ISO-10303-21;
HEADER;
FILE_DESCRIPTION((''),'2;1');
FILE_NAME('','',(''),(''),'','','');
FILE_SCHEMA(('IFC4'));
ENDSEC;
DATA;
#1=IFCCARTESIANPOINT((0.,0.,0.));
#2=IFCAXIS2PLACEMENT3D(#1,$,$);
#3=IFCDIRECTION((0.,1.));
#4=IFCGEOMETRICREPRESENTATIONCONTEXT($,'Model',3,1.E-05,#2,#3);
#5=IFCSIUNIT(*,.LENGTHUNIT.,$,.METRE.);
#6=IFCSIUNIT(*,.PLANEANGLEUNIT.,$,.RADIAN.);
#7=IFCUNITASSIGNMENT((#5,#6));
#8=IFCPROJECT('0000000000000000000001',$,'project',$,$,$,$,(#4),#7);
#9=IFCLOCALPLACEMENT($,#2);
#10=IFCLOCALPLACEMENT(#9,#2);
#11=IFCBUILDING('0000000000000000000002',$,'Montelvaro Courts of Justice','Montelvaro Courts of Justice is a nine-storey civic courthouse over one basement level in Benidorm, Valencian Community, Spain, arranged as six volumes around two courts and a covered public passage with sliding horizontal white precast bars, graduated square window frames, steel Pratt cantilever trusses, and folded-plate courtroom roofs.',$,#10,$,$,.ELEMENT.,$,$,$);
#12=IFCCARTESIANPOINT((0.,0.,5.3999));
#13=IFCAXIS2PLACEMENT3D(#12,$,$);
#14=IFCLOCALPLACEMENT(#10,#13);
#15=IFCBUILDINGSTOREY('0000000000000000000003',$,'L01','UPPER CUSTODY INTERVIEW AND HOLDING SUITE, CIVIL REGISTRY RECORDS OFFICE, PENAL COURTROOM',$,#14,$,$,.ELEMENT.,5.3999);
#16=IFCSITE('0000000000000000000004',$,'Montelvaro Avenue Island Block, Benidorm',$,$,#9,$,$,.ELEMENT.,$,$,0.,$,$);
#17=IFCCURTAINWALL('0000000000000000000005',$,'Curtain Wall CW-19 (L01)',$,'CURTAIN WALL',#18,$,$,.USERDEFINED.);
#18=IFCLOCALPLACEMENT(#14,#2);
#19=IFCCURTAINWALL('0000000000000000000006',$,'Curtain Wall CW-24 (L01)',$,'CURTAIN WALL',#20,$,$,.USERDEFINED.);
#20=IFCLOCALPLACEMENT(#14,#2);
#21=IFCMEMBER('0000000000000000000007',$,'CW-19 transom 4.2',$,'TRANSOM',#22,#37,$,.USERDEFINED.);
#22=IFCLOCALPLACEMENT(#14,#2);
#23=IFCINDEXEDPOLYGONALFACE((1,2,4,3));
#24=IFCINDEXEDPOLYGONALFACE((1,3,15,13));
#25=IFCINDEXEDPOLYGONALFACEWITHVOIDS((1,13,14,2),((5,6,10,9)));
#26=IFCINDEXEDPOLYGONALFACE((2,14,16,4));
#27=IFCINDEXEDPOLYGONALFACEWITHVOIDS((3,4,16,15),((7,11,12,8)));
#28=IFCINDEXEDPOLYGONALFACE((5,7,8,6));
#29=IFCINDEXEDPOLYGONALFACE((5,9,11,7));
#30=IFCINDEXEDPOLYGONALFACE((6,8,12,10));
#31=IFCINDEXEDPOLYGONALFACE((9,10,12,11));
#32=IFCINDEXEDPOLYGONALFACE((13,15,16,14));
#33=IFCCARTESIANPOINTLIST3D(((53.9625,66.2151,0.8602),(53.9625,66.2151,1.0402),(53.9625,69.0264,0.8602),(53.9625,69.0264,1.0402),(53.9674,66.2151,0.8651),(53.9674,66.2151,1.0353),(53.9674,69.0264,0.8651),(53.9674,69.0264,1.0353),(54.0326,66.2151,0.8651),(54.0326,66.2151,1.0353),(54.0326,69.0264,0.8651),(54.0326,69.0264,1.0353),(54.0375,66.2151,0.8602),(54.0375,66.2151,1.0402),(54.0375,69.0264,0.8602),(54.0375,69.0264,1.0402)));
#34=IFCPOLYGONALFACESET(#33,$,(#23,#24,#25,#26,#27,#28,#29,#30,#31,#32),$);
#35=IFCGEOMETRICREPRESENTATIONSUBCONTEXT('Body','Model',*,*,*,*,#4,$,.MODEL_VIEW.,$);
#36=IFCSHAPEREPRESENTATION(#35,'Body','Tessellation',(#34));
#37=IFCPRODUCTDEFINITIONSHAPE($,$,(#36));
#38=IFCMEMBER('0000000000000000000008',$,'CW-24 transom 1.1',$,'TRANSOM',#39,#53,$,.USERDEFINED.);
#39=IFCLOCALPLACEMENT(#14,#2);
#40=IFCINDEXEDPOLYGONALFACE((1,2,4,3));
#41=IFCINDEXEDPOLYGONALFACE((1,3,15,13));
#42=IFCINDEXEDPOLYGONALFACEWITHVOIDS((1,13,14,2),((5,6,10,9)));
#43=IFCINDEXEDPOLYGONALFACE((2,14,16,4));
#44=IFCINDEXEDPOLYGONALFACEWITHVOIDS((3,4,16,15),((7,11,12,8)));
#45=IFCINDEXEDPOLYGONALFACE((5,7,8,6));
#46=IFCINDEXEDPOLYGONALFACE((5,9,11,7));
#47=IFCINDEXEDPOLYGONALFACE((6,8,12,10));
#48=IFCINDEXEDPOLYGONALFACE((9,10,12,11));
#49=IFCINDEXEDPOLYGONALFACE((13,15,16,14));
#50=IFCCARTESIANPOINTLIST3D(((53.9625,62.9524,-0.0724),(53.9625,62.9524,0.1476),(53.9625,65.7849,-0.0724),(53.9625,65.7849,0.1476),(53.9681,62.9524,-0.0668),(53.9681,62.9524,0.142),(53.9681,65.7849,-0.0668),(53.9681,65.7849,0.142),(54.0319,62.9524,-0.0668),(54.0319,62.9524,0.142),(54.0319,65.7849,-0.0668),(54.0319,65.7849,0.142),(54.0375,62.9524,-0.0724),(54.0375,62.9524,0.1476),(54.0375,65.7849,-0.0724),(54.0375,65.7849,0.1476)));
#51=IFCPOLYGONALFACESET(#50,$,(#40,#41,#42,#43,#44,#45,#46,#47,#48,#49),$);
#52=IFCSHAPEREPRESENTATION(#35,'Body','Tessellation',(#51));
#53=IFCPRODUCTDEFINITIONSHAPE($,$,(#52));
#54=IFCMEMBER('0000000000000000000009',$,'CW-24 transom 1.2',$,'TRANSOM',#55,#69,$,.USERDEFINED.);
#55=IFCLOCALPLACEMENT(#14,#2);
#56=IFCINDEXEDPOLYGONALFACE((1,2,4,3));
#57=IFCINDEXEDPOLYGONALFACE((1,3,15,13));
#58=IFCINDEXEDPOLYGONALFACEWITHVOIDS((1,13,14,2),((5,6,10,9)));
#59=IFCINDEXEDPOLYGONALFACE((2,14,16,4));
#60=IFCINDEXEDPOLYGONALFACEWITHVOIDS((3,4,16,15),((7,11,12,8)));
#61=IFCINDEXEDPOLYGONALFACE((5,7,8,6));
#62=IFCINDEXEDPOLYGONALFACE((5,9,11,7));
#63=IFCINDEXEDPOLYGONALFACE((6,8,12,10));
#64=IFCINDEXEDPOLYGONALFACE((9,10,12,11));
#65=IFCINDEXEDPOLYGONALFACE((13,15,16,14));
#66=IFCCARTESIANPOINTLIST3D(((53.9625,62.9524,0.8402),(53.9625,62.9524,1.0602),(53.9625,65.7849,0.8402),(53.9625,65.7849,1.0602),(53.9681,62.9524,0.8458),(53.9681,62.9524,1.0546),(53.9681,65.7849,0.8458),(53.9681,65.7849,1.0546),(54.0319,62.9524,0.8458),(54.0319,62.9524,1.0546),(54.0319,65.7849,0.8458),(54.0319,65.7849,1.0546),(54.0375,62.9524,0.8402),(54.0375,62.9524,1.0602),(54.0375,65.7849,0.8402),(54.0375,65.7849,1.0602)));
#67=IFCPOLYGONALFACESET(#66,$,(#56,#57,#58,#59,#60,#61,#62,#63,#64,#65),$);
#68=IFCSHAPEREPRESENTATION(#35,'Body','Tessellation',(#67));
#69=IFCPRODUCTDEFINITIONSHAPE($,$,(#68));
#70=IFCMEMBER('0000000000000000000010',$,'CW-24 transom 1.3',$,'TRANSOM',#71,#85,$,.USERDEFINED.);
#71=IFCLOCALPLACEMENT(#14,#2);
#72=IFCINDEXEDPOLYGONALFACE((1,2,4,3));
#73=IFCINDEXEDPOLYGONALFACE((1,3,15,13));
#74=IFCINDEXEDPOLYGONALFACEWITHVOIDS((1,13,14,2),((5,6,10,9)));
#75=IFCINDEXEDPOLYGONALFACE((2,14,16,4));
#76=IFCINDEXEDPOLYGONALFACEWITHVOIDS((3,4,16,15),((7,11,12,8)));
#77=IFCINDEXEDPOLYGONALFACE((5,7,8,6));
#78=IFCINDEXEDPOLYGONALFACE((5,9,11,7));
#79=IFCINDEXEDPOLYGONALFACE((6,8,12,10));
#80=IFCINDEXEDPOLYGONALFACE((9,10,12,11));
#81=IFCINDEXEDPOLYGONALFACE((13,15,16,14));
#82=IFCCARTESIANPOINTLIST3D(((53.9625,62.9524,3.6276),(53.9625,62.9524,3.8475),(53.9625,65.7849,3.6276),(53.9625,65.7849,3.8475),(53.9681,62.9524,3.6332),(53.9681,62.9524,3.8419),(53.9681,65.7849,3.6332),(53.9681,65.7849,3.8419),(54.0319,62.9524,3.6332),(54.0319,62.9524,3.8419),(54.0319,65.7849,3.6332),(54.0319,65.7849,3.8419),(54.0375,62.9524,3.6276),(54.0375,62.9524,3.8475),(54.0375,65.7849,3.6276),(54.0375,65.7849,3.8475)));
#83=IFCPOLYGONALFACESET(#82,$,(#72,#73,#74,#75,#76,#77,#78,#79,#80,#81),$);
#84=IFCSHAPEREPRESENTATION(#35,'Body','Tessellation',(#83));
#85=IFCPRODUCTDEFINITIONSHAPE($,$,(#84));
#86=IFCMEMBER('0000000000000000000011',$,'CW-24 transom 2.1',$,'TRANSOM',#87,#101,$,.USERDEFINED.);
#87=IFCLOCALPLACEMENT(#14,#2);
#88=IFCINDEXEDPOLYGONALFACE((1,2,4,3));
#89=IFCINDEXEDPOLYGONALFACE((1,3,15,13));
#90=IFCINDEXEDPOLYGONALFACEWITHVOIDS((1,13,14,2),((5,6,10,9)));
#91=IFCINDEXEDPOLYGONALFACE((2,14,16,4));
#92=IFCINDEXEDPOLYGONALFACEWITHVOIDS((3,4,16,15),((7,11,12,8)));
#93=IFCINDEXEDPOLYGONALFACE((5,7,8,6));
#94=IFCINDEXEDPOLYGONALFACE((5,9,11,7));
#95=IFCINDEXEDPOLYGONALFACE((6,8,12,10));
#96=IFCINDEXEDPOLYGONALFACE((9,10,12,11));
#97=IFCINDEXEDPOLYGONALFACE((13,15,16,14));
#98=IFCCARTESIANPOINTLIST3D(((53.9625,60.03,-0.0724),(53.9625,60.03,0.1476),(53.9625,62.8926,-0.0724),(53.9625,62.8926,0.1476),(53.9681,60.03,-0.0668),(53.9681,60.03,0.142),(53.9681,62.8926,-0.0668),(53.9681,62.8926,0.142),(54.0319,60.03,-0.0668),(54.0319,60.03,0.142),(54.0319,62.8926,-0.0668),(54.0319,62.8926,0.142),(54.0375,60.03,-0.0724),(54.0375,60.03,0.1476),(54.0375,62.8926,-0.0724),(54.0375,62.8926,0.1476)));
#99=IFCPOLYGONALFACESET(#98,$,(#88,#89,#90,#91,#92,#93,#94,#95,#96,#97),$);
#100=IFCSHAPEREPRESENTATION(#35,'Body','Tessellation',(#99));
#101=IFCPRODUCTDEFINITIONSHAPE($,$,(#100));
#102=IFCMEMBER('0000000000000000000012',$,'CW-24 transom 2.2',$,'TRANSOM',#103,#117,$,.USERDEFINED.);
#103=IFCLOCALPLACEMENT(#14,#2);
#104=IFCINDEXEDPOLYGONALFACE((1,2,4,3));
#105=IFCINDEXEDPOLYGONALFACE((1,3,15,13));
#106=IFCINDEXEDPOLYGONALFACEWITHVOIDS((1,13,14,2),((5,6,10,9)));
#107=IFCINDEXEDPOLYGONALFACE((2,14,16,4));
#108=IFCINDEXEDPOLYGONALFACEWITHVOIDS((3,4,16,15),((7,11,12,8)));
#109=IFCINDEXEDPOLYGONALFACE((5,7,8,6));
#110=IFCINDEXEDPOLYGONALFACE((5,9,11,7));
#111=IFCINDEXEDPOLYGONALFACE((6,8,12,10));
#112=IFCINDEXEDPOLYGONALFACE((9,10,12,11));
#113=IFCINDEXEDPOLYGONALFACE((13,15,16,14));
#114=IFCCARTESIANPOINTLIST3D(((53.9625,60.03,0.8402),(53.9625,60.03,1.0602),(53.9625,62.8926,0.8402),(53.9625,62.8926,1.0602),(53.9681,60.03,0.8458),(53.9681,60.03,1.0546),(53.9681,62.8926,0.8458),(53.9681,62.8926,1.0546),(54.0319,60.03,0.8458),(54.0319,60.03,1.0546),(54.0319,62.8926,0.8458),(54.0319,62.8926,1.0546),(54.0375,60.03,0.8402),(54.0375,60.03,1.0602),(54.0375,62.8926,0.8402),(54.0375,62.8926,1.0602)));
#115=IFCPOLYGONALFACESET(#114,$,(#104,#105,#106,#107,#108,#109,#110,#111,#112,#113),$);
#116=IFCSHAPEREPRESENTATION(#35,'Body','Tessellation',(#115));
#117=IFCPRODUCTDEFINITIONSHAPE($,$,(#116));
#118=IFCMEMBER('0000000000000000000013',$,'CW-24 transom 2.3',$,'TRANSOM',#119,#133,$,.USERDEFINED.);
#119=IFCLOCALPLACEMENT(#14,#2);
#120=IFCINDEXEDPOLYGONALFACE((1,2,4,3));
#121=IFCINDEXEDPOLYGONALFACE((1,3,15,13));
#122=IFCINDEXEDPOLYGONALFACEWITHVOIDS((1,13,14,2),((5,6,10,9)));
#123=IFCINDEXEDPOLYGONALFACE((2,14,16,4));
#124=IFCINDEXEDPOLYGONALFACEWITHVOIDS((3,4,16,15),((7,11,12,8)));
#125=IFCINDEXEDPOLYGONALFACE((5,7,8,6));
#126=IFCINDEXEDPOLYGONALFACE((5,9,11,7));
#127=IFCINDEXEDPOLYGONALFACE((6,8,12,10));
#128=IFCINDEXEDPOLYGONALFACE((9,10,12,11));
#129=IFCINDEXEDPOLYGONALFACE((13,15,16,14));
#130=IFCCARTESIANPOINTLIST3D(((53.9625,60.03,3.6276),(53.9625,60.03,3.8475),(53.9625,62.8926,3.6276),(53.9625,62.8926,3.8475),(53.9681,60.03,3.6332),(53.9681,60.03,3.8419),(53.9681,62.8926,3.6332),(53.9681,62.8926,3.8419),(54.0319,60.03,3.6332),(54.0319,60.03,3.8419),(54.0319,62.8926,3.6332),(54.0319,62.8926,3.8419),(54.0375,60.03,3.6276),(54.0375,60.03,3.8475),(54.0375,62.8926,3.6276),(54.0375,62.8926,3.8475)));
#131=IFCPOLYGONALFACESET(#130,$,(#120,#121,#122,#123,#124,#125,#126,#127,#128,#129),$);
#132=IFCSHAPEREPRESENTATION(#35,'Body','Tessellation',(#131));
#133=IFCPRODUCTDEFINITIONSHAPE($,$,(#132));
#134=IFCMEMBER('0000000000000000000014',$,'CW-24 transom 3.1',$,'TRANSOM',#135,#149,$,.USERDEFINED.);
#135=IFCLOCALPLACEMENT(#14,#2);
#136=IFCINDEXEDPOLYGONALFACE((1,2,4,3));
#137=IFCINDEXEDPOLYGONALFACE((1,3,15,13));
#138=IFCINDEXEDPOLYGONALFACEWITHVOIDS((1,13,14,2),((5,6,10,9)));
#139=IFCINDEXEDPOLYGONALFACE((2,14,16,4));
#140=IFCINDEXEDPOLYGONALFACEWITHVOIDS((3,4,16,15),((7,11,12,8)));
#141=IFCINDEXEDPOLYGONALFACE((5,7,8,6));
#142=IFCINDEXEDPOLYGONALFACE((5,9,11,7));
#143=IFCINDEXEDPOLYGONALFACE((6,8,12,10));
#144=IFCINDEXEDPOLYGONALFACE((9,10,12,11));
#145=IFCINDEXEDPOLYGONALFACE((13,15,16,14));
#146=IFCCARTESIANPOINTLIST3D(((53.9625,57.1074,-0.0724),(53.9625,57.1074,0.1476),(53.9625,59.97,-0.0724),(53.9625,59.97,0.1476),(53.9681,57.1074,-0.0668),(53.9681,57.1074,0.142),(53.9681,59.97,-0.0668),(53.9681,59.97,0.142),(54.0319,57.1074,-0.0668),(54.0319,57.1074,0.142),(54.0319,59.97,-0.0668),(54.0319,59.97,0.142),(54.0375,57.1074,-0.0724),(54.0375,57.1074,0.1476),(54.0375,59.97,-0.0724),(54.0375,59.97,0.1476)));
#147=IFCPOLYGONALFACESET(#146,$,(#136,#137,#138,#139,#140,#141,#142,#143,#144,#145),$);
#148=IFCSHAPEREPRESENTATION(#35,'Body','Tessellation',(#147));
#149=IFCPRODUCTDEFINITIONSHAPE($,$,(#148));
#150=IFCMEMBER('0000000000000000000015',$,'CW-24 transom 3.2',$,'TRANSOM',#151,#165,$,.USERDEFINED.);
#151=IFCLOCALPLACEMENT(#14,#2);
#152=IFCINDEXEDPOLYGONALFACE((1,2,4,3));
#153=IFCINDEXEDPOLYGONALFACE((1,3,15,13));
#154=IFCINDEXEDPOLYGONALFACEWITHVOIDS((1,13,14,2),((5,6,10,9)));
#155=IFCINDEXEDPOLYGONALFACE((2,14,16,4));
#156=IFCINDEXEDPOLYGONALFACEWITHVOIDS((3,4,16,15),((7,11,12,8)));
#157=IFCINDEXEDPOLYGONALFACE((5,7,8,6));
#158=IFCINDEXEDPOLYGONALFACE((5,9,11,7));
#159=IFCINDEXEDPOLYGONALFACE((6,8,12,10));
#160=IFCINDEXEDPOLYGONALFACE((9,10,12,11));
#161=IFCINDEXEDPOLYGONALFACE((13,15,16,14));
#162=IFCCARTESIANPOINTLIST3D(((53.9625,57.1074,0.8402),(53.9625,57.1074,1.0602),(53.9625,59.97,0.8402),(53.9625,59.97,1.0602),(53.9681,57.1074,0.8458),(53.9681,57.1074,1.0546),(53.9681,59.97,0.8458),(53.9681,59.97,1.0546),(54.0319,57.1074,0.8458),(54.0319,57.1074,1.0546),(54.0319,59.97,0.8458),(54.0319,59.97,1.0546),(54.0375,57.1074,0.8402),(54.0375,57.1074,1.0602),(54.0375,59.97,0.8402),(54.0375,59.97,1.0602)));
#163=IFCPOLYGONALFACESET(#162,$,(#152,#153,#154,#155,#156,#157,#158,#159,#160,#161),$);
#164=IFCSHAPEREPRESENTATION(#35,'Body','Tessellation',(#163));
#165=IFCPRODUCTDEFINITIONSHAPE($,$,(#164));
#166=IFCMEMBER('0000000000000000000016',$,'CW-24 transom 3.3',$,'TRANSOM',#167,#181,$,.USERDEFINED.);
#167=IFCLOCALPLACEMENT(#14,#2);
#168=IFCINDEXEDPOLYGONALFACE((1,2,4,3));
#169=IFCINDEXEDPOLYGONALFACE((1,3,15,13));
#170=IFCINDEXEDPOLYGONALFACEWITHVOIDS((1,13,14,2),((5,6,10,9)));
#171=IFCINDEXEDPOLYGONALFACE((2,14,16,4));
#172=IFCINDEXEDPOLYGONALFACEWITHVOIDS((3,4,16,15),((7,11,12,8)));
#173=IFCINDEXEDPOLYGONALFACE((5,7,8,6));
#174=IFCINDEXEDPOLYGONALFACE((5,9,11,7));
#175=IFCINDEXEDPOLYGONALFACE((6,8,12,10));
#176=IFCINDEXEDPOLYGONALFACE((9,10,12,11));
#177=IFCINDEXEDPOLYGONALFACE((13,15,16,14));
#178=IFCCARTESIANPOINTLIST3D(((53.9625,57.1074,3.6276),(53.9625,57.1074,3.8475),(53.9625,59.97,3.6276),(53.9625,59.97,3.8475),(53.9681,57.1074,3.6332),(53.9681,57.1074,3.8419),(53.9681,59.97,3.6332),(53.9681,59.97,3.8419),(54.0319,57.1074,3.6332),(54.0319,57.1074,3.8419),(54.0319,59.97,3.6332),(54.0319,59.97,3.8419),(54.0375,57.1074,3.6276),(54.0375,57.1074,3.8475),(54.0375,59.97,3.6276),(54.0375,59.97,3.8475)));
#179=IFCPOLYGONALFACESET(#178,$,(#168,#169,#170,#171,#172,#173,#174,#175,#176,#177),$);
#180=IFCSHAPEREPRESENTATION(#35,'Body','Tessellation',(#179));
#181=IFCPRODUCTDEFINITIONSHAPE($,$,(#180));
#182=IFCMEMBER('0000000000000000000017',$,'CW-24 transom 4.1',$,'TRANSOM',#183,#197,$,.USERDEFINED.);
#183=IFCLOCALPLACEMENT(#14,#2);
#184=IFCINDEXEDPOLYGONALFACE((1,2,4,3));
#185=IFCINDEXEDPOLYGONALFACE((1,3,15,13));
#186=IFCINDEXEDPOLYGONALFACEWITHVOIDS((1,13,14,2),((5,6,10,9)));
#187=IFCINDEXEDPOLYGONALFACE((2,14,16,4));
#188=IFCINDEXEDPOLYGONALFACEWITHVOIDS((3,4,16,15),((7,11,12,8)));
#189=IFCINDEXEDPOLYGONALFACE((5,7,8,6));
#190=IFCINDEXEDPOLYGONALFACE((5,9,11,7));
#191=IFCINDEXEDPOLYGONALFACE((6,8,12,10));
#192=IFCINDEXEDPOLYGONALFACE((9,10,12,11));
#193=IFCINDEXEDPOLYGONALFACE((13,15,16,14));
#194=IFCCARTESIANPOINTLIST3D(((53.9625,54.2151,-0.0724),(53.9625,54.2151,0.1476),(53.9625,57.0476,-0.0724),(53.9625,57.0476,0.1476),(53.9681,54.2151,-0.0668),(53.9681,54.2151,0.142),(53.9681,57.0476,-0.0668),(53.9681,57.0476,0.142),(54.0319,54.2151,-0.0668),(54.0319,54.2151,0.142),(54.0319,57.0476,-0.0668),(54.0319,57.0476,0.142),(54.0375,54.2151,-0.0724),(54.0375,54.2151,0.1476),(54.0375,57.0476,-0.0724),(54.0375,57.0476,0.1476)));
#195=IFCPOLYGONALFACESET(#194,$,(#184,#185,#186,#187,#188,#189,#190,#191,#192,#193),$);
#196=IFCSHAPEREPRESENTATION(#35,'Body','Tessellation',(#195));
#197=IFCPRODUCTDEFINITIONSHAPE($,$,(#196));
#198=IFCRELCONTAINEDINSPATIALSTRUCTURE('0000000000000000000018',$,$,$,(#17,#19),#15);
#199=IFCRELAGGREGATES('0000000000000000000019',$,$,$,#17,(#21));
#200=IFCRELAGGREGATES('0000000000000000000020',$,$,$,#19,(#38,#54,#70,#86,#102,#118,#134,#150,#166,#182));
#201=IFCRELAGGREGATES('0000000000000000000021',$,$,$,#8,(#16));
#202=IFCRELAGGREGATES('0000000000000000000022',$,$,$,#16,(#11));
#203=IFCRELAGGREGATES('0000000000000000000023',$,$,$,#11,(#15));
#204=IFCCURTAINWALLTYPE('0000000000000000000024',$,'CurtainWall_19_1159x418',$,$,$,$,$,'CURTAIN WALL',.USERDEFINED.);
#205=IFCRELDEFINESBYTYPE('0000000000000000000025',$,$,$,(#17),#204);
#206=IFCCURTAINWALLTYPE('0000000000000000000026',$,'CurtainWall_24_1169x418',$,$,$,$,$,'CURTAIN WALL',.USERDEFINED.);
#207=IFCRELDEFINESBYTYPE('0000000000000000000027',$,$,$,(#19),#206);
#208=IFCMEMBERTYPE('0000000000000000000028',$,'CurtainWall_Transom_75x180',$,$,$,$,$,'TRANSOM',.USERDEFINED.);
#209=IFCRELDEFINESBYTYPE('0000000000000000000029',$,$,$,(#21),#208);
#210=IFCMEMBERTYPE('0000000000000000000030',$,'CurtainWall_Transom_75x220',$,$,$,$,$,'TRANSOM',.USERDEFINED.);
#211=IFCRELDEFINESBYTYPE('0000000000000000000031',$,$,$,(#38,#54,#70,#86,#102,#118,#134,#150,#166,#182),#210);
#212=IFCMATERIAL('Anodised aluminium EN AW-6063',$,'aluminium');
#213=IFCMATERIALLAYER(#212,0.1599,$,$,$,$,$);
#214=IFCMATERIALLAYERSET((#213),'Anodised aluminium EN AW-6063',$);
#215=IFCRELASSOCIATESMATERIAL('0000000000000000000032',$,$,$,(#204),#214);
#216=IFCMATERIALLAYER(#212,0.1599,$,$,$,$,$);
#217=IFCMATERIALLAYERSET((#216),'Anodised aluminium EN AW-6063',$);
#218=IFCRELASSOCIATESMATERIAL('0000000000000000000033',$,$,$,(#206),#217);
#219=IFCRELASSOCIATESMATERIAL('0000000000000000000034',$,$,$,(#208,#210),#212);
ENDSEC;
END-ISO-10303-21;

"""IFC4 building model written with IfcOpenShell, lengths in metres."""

from ifc_helpers import new_model, si_unit, direction, frame, origin, origin_2d, place, context, subcontext, project, spatial, hollow_rectangle, extrude, material, layer, layer_set, material_profile, profile_set, type_object, element, aggregate, save


model = new_model("IFC4")

# Units and contexts
model_context = context("Model", 3, precision=1e-05, world=origin(), true_north=direction((0.0, 1.0)))
body_context = subcontext(model_context, "Body", "Model", "MODEL_VIEW")
ifc_project = project(units=[si_unit("LENGTHUNIT", "METRE"), si_unit("PLANEANGLEUNIT", "RADIAN")], contexts=[model_context])

# Site, building, storey
site_placement = place(None, origin())
site = spatial("IfcSite", under=ifc_project, at=site_placement, Name="Montelvaro Avenue Island Block, Benidorm", CompositionType="ELEMENT", RefElevation=0.0)
building_placement = place(site_placement, origin())
building = spatial("IfcBuilding", under=site, at=building_placement, Name="Montelvaro Courts of Justice", Description="Montelvaro Courts of Justice is a nine-storey civic courthouse over one basement level in Benidorm, Valencian Community, Spain, arranged as six volumes around two courts and a covered public passage with sliding horizontal white precast bars, graduated square window frames, steel Pratt cantilever trusses, and folded-plate courtroom roofs.", CompositionType="ELEMENT")
storey_placement = place(building_placement, frame((0.0, 0.0, 5.3999)))
storey = spatial("IfcBuildingStorey", under=building, at=storey_placement, Name="L01", Description="UPPER CUSTODY INTERVIEW AND HOLDING SUITE, CIVIL REGISTRY RECORDS OFFICE, PENAL COURTROOM", CompositionType="ELEMENT", Elevation=5.3999)

# Curtain wall
ifc_material_1 = material(Name="Anodised aluminium EN AW-6063", Category="aluminium")
ifc_layer_1 = layer(ifc_material_1, 0.1599)
ifc_layer_set_1 = layer_set([ifc_layer_1], Name="Anodised aluminium EN AW-6063")
curtain_wall_type_1 = type_object("IfcCurtainWallType", Name="CurtainWall_19_1159x418", ElementType="CURTAIN WALL", PredefinedType="USERDEFINED", material=ifc_layer_set_1)
curtain_wall_1_placement = place(storey_placement, origin())
curtain_wall_1 = element("IfcCurtainWall", 1, at=curtain_wall_1_placement, inside=storey, type_object=curtain_wall_type_1, Name="Curtain Wall CW-19 (L01)", ObjectType="CURTAIN WALL", PredefinedType="USERDEFINED")

# Curtain wall
ifc_layer_2 = layer(ifc_material_1, 0.1599)
ifc_layer_set_2 = layer_set([ifc_layer_2], Name="Anodised aluminium EN AW-6063")
curtain_wall_type_2 = type_object("IfcCurtainWallType", Name="CurtainWall_24_1169x418", ElementType="CURTAIN WALL", PredefinedType="USERDEFINED", material=ifc_layer_set_2)
curtain_wall_2_placement = place(storey_placement, origin())
curtain_wall_2 = element("IfcCurtainWall", 2, at=curtain_wall_2_placement, inside=storey, type_object=curtain_wall_type_2, Name="Curtain Wall CW-24 (L01)", ObjectType="CURTAIN WALL", PredefinedType="USERDEFINED")

# Members
ifc_material_profile_1 = material_profile(ifc_material_1, hollow_rectangle(XDim=0.075, YDim=0.1799, WallThickness=0.0049, at=origin_2d()), Name="ALU-T 75x180")
ifc_profile_set_1 = profile_set([ifc_material_profile_1], Name="Anodised aluminium EN AW-6063")
member_type_1 = type_object("IfcMemberType", Name="CurtainWall_Transom_75x180", ElementType="TRANSOM", PredefinedType="USERDEFINED", material=ifc_profile_set_1)
member_1_placement = place(storey_placement, frame((54.0, 69.0264, 0.9502), z_axis=(0.0, -1.0, 0.0), x_axis=(1.0, 0.0, 0.0)))
member_1 = element("IfcMember", 3, at=member_1_placement, type_object=member_type_1, Name="CW-19 transom 4.2", ObjectType="TRANSOM", PredefinedType="USERDEFINED", context=body_context, shape_type="SweptSolid", body=[
    extrude(hollow_rectangle(XDim=0.075, YDim=0.1799, WallThickness=0.0049, at=origin_2d()), origin(), (0.0, 0.0, 1.0), 2.8113),
])
ifc_material_profile_2 = material_profile(ifc_material_1, hollow_rectangle(XDim=0.075, YDim=0.22, WallThickness=0.0056, at=origin_2d()), Name="ALU-T 75x220")
ifc_profile_set_2 = profile_set([ifc_material_profile_2], Name="Anodised aluminium EN AW-6063")
member_type_2 = type_object("IfcMemberType", Name="CurtainWall_Transom_75x220", ElementType="TRANSOM", PredefinedType="USERDEFINED", material=ifc_profile_set_2)
member_2_placement = place(storey_placement, frame((54.0, 65.7849, 0.0376), z_axis=(0.0, -1.0, 0.0), x_axis=(1.0, 0.0, 0.0)))
member_2 = element("IfcMember", 4, at=member_2_placement, type_object=member_type_2, Name="CW-24 transom 1.1", ObjectType="TRANSOM", PredefinedType="USERDEFINED", context=body_context, shape_type="SweptSolid", body=[
    extrude(hollow_rectangle(XDim=0.075, YDim=0.22, WallThickness=0.0056, at=origin_2d()), origin(), (0.0, 0.0, 1.0), 2.8325),
])
member_3_placement = place(storey_placement, frame((54.0, 65.7849, 0.9502), z_axis=(0.0, -1.0, 0.0), x_axis=(1.0, 0.0, 0.0)))
member_3 = element("IfcMember", 5, at=member_3_placement, type_object=member_type_2, Name="CW-24 transom 1.2", ObjectType="TRANSOM", PredefinedType="USERDEFINED", context=body_context, shape_type="SweptSolid", body=[
    extrude(hollow_rectangle(XDim=0.075, YDim=0.22, WallThickness=0.0056, at=origin_2d()), origin(), (0.0, 0.0, 1.0), 2.8325),
])
member_4_placement = place(storey_placement, frame((54.0, 65.7849, 3.7375), z_axis=(0.0, -1.0, 0.0), x_axis=(1.0, 0.0, 0.0)))
member_4 = element("IfcMember", 6, at=member_4_placement, type_object=member_type_2, Name="CW-24 transom 1.3", ObjectType="TRANSOM", PredefinedType="USERDEFINED", context=body_context, shape_type="SweptSolid", body=[
    extrude(hollow_rectangle(XDim=0.075, YDim=0.22, WallThickness=0.0056, at=origin_2d()), origin(), (0.0, 0.0, 1.0), 2.8325),
])
member_5_placement = place(storey_placement, frame((54.0, 62.8926, 0.0376), z_axis=(0.0, -1.0, 0.0), x_axis=(1.0, 0.0, 0.0)))
member_5 = element("IfcMember", 7, at=member_5_placement, type_object=member_type_2, Name="CW-24 transom 2.1", ObjectType="TRANSOM", PredefinedType="USERDEFINED", context=body_context, shape_type="SweptSolid", body=[
    extrude(hollow_rectangle(XDim=0.075, YDim=0.22, WallThickness=0.0056, at=origin_2d()), origin(), (0.0, 0.0, 1.0), 2.8625),
])
member_6_placement = place(storey_placement, frame((54.0, 62.8926, 0.9502), z_axis=(0.0, -1.0, 0.0), x_axis=(1.0, 0.0, 0.0)))
member_6 = element("IfcMember", 8, at=member_6_placement, type_object=member_type_2, Name="CW-24 transom 2.2", ObjectType="TRANSOM", PredefinedType="USERDEFINED", context=body_context, shape_type="SweptSolid", body=[
    extrude(hollow_rectangle(XDim=0.075, YDim=0.22, WallThickness=0.0056, at=origin_2d()), origin(), (0.0, 0.0, 1.0), 2.8625),
])
member_7_placement = place(storey_placement, frame((54.0, 62.8926, 3.7375), z_axis=(0.0, -1.0, 0.0), x_axis=(1.0, 0.0, 0.0)))
member_7 = element("IfcMember", 9, at=member_7_placement, type_object=member_type_2, Name="CW-24 transom 2.3", ObjectType="TRANSOM", PredefinedType="USERDEFINED", context=body_context, shape_type="SweptSolid", body=[
    extrude(hollow_rectangle(XDim=0.075, YDim=0.22, WallThickness=0.0056, at=origin_2d()), origin(), (0.0, 0.0, 1.0), 2.8625),
])
member_8_placement = place(storey_placement, frame((54.0, 59.97, 0.0376), z_axis=(0.0, -1.0, 0.0), x_axis=(1.0, 0.0, 0.0)))
member_8 = element("IfcMember", 10, at=member_8_placement, type_object=member_type_2, Name="CW-24 transom 3.1", ObjectType="TRANSOM", PredefinedType="USERDEFINED", context=body_context, shape_type="SweptSolid", body=[
    extrude(hollow_rectangle(XDim=0.075, YDim=0.22, WallThickness=0.0056, at=origin_2d()), origin(), (0.0, 0.0, 1.0), 2.8625),
])
member_9_placement = place(storey_placement, frame((54.0, 59.97, 0.9502), z_axis=(0.0, -1.0, 0.0), x_axis=(1.0, 0.0, 0.0)))
member_9 = element("IfcMember", 11, at=member_9_placement, type_object=member_type_2, Name="CW-24 transom 3.2", ObjectType="TRANSOM", PredefinedType="USERDEFINED", context=body_context, shape_type="SweptSolid", body=[
    extrude(hollow_rectangle(XDim=0.075, YDim=0.22, WallThickness=0.0056, at=origin_2d()), origin(), (0.0, 0.0, 1.0), 2.8625),
])
member_10_placement = place(storey_placement, frame((54.0, 59.97, 3.7375), z_axis=(0.0, -1.0, 0.0), x_axis=(1.0, 0.0, 0.0)))
member_10 = element("IfcMember", 12, at=member_10_placement, type_object=member_type_2, Name="CW-24 transom 3.3", ObjectType="TRANSOM", PredefinedType="USERDEFINED", context=body_context, shape_type="SweptSolid", body=[
    extrude(hollow_rectangle(XDim=0.075, YDim=0.22, WallThickness=0.0056, at=origin_2d()), origin(), (0.0, 0.0, 1.0), 2.8625),
])
member_11_placement = place(storey_placement, frame((54.0, 57.0476, 0.0376), z_axis=(0.0, -1.0, 0.0), x_axis=(1.0, 0.0, 0.0)))
member_11 = element("IfcMember", 13, at=member_11_placement, type_object=member_type_2, Name="CW-24 transom 4.1", ObjectType="TRANSOM", PredefinedType="USERDEFINED", context=body_context, shape_type="SweptSolid", body=[
    extrude(hollow_rectangle(XDim=0.075, YDim=0.22, WallThickness=0.0056, at=origin_2d()), origin(), (0.0, 0.0, 1.0), 2.8325),
])

aggregate(curtain_wall_1, [member_1])
aggregate(curtain_wall_2, [member_2, member_3, member_4, member_5, member_6, member_7, member_8, member_9, member_10, member_11])

save(model, "model.ifc")
